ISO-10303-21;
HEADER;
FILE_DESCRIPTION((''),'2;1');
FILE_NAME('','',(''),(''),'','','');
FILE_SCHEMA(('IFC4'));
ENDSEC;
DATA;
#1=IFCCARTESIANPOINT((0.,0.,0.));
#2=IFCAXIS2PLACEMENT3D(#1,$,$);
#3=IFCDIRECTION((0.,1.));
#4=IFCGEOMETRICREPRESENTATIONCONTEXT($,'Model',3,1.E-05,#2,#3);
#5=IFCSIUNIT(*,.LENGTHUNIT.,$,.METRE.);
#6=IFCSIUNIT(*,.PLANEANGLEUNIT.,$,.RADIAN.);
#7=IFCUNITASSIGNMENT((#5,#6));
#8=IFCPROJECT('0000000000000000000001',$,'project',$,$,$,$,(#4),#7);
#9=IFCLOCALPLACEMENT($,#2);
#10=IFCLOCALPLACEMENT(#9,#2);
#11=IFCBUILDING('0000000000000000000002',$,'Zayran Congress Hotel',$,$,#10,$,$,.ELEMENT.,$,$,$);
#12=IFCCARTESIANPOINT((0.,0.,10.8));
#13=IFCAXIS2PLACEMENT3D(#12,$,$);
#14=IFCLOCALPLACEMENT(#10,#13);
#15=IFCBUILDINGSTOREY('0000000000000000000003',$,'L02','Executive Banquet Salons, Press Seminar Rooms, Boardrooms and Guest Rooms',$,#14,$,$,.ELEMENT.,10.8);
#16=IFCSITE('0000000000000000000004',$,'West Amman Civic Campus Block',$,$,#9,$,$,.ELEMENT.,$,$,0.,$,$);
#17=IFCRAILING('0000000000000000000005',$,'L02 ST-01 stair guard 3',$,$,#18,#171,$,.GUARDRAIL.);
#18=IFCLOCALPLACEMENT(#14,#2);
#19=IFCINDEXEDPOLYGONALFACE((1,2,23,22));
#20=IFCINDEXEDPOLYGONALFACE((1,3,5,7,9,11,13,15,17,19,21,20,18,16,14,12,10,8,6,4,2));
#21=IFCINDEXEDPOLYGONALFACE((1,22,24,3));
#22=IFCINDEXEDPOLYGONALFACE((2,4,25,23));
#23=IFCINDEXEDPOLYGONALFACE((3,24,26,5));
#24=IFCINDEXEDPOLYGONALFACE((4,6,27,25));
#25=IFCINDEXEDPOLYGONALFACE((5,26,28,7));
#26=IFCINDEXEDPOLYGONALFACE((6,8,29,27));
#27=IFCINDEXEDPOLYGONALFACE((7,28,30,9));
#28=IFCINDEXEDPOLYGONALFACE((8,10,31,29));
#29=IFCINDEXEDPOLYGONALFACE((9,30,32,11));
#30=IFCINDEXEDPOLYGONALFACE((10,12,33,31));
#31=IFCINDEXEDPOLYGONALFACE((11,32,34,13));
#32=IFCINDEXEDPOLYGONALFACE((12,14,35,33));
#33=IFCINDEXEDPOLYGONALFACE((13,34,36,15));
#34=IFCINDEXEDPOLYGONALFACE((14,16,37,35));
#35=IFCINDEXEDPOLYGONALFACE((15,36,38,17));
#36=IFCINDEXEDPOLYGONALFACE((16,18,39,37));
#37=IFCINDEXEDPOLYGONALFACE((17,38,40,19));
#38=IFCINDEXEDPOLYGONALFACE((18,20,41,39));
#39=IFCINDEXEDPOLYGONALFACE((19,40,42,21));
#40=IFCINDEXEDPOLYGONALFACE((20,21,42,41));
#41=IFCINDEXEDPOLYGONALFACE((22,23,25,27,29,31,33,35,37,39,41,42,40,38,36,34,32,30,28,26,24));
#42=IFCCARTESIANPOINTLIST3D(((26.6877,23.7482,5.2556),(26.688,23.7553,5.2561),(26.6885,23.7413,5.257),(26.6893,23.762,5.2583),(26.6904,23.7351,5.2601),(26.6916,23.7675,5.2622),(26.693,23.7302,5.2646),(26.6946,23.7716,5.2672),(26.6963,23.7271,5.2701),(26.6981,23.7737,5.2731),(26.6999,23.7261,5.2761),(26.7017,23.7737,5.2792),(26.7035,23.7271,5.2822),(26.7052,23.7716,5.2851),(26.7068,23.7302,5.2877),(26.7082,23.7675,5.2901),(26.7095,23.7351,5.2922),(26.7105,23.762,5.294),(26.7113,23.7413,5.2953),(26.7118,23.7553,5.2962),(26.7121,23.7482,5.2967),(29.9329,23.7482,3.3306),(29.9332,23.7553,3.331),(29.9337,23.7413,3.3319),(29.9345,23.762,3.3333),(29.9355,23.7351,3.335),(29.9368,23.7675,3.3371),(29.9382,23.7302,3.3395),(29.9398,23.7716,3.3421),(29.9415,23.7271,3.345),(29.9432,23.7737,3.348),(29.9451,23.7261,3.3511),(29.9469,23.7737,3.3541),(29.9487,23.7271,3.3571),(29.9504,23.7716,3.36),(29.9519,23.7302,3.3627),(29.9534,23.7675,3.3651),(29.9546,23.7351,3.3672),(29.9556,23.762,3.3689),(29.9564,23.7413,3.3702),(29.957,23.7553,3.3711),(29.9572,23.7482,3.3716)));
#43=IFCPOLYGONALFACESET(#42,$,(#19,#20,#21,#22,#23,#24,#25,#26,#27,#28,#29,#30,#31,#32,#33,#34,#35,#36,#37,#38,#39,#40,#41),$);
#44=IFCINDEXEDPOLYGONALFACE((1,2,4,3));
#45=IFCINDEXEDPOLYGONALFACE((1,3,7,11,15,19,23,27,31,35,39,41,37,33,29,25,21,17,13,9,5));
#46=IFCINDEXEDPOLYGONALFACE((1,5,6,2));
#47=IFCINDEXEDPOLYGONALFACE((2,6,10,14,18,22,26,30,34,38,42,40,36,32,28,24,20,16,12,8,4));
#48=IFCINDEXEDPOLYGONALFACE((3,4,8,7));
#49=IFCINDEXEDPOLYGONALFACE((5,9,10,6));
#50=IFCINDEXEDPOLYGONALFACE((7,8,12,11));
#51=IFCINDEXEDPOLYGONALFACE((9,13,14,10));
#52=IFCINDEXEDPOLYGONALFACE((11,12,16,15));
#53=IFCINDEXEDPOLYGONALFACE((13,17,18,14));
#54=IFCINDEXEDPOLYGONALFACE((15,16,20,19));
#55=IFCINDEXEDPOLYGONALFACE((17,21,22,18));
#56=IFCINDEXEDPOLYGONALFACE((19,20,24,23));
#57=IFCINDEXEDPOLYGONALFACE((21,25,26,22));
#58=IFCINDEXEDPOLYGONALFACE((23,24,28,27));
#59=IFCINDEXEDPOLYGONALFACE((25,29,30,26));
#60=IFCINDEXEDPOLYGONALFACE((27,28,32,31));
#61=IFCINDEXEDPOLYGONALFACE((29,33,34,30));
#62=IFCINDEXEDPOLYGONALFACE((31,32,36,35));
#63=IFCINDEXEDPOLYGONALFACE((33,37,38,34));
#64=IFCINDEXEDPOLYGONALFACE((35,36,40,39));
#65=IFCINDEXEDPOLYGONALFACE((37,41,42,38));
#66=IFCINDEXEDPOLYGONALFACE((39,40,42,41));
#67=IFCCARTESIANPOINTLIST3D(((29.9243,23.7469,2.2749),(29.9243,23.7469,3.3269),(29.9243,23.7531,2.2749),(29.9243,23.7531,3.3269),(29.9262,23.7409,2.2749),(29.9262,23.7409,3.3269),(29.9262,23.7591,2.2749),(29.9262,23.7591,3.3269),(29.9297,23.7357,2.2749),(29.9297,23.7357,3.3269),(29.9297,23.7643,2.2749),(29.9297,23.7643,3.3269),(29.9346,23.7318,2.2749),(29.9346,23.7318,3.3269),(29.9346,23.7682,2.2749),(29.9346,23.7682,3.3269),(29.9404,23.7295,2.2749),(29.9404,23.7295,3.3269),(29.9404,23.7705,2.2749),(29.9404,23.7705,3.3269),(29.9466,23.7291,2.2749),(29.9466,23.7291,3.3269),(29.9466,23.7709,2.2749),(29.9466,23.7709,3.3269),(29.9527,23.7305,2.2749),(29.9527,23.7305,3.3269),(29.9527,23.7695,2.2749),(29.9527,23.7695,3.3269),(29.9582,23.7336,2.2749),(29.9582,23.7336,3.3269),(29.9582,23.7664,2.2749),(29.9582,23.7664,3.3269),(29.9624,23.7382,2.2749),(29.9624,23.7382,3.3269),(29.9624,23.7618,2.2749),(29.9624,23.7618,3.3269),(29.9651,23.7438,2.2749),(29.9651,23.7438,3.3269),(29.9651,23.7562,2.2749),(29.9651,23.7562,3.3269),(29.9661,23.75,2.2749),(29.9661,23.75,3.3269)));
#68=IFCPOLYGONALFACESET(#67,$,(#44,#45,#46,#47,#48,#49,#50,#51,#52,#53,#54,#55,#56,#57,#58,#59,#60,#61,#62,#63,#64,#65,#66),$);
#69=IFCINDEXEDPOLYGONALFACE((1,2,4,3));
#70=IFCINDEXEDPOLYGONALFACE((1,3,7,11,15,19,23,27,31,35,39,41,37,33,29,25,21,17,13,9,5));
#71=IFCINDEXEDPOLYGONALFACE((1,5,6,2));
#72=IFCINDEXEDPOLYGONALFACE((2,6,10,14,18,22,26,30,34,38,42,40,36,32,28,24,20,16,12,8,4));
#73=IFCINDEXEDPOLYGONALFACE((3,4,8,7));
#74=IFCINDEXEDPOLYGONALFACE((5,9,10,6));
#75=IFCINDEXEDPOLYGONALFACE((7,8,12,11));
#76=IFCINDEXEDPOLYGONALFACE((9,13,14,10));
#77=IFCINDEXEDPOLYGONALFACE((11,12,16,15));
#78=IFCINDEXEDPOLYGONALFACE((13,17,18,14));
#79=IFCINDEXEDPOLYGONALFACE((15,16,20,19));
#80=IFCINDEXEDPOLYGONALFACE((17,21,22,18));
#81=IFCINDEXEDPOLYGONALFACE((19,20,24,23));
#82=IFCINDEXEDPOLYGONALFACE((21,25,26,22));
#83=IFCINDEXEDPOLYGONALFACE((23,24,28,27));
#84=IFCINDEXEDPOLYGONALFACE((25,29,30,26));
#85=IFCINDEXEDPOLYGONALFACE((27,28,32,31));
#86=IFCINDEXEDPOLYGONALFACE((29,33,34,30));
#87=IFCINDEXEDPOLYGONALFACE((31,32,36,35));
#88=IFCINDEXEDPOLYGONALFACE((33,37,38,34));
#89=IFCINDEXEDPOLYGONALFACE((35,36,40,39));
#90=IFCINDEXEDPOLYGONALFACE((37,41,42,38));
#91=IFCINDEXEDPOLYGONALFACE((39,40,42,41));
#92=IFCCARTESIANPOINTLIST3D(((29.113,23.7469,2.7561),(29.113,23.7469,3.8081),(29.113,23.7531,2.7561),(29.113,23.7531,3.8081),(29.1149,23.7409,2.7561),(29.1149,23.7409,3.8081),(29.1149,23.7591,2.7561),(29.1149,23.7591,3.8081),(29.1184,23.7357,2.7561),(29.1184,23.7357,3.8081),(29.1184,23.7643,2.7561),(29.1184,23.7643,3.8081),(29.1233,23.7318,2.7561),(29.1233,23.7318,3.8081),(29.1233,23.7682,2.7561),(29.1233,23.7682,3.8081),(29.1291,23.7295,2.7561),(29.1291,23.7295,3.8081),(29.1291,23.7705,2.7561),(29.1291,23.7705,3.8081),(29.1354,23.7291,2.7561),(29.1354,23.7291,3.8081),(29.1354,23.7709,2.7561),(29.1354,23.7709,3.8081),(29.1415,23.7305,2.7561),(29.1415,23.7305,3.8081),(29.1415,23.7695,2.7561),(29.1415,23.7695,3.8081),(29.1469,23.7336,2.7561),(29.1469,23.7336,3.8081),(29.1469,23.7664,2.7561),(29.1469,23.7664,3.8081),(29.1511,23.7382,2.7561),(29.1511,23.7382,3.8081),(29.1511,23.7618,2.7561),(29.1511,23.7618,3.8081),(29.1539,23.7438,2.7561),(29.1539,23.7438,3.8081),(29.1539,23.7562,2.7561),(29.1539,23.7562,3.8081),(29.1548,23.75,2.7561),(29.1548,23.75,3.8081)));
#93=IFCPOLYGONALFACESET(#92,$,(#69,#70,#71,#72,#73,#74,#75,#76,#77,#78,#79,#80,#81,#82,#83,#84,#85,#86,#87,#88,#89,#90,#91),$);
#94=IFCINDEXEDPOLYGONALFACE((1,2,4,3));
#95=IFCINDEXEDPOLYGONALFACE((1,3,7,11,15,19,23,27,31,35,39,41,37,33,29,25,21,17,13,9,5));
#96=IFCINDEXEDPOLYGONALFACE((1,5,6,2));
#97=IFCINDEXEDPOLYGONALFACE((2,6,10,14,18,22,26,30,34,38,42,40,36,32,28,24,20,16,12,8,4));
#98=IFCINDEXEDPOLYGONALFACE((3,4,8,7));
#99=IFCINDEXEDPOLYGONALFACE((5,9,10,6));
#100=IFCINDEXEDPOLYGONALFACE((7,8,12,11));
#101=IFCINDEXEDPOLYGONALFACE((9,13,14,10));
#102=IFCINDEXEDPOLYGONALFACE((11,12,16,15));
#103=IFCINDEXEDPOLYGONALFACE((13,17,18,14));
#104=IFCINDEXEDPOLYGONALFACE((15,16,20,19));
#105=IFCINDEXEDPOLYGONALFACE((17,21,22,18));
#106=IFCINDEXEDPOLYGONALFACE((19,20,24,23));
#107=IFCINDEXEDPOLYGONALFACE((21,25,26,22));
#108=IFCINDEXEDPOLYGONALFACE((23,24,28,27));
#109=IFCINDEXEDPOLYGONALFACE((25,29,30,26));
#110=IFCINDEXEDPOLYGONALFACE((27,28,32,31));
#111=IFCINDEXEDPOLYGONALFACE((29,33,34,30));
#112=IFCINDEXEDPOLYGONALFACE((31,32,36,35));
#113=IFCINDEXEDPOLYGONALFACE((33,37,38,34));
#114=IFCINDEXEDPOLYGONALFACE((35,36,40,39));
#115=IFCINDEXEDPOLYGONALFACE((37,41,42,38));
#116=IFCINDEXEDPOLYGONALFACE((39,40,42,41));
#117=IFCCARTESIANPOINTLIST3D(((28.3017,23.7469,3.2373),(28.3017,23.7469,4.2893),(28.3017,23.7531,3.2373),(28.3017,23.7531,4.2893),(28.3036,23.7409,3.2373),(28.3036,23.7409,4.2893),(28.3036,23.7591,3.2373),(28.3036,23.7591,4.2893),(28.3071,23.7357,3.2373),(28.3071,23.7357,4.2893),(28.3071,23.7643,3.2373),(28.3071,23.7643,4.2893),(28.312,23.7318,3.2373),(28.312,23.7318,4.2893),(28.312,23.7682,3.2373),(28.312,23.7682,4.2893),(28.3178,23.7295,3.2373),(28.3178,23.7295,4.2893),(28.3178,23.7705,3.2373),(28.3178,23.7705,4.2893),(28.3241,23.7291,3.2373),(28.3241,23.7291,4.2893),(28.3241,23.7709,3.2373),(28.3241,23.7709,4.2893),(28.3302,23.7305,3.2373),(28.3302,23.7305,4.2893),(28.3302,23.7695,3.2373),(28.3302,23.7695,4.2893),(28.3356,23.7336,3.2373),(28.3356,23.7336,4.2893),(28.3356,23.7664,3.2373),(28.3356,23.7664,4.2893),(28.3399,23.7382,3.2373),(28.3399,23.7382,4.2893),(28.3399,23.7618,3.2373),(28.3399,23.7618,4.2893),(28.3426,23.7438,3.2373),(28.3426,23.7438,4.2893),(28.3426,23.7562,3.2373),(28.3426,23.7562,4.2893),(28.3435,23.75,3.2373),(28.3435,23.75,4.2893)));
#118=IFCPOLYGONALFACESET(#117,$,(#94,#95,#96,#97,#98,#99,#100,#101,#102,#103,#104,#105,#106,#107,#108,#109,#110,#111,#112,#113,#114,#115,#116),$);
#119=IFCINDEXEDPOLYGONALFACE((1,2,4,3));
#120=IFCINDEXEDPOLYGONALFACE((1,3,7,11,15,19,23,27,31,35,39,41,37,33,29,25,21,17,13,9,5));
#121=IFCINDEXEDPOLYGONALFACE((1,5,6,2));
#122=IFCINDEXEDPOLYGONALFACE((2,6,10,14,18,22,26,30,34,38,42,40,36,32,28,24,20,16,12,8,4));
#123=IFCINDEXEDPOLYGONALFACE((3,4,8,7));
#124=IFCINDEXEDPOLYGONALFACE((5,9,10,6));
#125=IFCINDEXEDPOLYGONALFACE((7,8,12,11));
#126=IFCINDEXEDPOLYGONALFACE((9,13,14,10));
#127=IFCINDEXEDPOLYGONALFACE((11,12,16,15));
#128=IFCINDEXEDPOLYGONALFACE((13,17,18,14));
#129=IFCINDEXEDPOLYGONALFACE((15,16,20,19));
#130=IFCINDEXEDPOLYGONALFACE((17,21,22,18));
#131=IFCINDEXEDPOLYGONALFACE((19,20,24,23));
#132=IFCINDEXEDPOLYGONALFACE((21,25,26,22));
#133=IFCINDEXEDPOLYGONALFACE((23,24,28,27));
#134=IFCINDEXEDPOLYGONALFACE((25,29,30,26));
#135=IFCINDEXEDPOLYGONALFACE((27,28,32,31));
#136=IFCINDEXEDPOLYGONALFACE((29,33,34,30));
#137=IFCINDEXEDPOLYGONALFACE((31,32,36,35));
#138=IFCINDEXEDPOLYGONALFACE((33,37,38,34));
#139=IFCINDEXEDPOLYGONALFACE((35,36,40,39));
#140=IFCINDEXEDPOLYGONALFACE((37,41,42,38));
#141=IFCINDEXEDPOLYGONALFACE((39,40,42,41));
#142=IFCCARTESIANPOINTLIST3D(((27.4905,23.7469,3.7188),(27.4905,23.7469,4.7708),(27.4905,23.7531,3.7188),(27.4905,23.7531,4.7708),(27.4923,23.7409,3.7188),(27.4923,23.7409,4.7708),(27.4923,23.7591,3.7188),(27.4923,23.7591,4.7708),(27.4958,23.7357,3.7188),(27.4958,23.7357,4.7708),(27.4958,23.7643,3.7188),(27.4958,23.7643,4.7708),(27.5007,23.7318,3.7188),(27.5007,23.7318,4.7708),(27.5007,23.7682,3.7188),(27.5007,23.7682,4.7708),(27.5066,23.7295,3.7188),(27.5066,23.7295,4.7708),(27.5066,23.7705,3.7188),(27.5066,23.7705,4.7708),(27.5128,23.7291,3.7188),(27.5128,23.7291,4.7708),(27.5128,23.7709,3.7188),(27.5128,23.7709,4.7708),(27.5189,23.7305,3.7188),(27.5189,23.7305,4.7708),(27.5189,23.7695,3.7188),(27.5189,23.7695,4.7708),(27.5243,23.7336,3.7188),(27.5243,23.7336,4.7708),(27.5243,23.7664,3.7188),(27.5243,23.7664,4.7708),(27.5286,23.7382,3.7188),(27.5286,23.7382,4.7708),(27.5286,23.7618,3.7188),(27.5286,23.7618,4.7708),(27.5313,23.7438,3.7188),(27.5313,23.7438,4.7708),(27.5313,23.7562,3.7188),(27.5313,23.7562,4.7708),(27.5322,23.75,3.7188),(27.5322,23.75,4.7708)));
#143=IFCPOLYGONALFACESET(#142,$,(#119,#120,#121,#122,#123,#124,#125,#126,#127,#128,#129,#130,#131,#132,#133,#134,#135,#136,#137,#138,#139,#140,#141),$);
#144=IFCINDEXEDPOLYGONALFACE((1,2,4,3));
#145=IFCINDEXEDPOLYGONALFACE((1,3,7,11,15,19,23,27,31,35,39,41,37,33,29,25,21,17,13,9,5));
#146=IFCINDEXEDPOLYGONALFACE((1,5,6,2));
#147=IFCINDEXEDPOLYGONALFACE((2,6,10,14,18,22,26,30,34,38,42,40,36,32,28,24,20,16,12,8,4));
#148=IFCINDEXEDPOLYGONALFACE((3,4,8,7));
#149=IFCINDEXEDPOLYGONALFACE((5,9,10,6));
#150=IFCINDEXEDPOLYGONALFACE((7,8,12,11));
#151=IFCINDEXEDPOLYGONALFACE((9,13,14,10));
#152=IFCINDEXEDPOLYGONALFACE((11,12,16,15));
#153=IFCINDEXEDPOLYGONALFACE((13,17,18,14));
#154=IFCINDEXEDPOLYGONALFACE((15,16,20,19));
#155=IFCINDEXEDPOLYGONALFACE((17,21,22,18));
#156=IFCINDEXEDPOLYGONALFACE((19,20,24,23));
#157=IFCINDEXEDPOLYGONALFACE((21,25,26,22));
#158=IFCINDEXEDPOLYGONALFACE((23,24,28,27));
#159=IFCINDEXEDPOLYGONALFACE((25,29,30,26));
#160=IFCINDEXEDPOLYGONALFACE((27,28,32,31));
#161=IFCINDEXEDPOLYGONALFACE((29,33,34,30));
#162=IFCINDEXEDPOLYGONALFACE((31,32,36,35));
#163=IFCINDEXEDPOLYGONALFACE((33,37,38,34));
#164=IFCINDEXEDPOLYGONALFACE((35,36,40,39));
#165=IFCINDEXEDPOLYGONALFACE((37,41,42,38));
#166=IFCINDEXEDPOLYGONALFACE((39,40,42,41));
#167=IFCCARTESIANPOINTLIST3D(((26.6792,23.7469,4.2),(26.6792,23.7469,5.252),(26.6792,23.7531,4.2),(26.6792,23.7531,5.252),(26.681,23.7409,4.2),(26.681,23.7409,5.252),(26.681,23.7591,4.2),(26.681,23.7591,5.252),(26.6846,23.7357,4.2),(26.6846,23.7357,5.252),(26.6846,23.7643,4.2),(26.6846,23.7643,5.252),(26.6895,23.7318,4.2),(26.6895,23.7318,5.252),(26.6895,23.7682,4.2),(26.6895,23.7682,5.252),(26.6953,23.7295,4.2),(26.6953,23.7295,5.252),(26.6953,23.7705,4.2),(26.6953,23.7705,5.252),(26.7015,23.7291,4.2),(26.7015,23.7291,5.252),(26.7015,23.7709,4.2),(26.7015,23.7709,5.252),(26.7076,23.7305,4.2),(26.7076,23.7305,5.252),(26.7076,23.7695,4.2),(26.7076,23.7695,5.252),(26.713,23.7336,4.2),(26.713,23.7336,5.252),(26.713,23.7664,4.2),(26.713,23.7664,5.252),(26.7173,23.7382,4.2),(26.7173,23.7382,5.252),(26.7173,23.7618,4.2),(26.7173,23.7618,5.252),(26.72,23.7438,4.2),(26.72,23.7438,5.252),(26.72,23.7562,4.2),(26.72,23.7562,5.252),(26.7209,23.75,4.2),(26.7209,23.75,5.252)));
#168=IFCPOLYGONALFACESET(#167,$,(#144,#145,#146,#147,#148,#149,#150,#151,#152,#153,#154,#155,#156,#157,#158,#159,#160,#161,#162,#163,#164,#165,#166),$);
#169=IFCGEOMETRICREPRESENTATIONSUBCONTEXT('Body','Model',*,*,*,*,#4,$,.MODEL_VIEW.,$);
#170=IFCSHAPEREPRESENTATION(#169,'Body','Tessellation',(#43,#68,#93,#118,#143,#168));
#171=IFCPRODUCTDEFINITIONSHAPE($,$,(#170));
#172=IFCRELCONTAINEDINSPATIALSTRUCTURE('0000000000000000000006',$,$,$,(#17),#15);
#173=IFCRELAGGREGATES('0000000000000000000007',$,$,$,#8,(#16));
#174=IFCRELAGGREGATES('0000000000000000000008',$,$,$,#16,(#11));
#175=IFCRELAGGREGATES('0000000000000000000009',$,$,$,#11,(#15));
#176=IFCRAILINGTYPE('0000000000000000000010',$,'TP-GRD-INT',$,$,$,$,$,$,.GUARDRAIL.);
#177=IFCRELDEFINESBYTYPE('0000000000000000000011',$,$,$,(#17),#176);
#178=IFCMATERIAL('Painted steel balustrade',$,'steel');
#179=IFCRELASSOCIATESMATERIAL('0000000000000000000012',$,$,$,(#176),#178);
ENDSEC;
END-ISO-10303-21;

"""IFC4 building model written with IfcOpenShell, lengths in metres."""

from ifc_helpers import new_model, si_unit, direction, frame, origin, origin_2d, place, context, subcontext, project, spatial, circle, extrude, material, type_object, element, save


model = new_model("IFC4")

# Units and contexts
model_context = context("Model", 3, precision=1e-05, world=origin(), true_north=direction((0.0, 1.0)))
body_context = subcontext(model_context, "Body", "Model", "MODEL_VIEW")
ifc_project = project(units=[si_unit("LENGTHUNIT", "METRE"), si_unit("PLANEANGLEUNIT", "RADIAN")], contexts=[model_context])

# Site, building, storey
site_placement = place(None, origin())
site = spatial("IfcSite", under=ifc_project, at=site_placement, Name="West Amman Civic Campus Block", CompositionType="ELEMENT", RefElevation=0.0)
building_placement = place(site_placement, origin())
building = spatial("IfcBuilding", under=site, at=building_placement, Name="Zayran Congress Hotel", CompositionType="ELEMENT")
storey_placement = place(building_placement, frame((0.0, 0.0, 10.8)))
storey = spatial("IfcBuildingStorey", under=building, at=storey_placement, Name="L02", Description="Executive Banquet Salons, Press Seminar Rooms, Boardrooms and Guest Rooms", CompositionType="ELEMENT", Elevation=10.8)

# Railing
ifc_material_1 = material(Name="Painted steel balustrade", Category="steel")
railing_type_1 = type_object("IfcRailingType", Name="TP-GRD-INT", PredefinedType="GUARDRAIL", material=ifc_material_1)
railing_1_placement = place(storey_placement, frame((29.9451, 23.75, 2.2749)))
element("IfcRailing", 1, at=railing_1_placement, inside=storey, type_object=railing_type_1, Name="L02 ST-01 stair guard 3", PredefinedType="GUARDRAIL", context=body_context, shape_type="SweptSolid", body=[
    extrude(circle(Radius=0.0239, at=origin_2d()), frame((0.0, 0.0, 1.0762), z_axis=(-0.860057, 0.0, 0.510198), x_axis=(0.0, -1.0, 0.0)), (0.0, 0.0, 1.0), 3.7732),
    extrude(circle(Radius=0.021, at=origin_2d()), origin(), (0.0, 0.0, 1.0), 1.052),
    extrude(circle(Radius=0.021, at=origin_2d()), frame((-0.8113, 0.0, 0.4812)), (0.0, 0.0, 1.0), 1.052),
    extrude(circle(Radius=0.021, at=origin_2d()), frame((-1.6226, 0.0, 0.9624)), (0.0, 0.0, 1.0), 1.052),
    extrude(circle(Radius=0.021, at=origin_2d()), frame((-2.4338, 0.0, 1.4438)), (0.0, 0.0, 1.0), 1.052),
    extrude(circle(Radius=0.021, at=origin_2d()), frame((-3.2451, 0.0, 1.925)), (0.0, 0.0, 1.0), 1.052),
])

save(model, "model.ifc")
